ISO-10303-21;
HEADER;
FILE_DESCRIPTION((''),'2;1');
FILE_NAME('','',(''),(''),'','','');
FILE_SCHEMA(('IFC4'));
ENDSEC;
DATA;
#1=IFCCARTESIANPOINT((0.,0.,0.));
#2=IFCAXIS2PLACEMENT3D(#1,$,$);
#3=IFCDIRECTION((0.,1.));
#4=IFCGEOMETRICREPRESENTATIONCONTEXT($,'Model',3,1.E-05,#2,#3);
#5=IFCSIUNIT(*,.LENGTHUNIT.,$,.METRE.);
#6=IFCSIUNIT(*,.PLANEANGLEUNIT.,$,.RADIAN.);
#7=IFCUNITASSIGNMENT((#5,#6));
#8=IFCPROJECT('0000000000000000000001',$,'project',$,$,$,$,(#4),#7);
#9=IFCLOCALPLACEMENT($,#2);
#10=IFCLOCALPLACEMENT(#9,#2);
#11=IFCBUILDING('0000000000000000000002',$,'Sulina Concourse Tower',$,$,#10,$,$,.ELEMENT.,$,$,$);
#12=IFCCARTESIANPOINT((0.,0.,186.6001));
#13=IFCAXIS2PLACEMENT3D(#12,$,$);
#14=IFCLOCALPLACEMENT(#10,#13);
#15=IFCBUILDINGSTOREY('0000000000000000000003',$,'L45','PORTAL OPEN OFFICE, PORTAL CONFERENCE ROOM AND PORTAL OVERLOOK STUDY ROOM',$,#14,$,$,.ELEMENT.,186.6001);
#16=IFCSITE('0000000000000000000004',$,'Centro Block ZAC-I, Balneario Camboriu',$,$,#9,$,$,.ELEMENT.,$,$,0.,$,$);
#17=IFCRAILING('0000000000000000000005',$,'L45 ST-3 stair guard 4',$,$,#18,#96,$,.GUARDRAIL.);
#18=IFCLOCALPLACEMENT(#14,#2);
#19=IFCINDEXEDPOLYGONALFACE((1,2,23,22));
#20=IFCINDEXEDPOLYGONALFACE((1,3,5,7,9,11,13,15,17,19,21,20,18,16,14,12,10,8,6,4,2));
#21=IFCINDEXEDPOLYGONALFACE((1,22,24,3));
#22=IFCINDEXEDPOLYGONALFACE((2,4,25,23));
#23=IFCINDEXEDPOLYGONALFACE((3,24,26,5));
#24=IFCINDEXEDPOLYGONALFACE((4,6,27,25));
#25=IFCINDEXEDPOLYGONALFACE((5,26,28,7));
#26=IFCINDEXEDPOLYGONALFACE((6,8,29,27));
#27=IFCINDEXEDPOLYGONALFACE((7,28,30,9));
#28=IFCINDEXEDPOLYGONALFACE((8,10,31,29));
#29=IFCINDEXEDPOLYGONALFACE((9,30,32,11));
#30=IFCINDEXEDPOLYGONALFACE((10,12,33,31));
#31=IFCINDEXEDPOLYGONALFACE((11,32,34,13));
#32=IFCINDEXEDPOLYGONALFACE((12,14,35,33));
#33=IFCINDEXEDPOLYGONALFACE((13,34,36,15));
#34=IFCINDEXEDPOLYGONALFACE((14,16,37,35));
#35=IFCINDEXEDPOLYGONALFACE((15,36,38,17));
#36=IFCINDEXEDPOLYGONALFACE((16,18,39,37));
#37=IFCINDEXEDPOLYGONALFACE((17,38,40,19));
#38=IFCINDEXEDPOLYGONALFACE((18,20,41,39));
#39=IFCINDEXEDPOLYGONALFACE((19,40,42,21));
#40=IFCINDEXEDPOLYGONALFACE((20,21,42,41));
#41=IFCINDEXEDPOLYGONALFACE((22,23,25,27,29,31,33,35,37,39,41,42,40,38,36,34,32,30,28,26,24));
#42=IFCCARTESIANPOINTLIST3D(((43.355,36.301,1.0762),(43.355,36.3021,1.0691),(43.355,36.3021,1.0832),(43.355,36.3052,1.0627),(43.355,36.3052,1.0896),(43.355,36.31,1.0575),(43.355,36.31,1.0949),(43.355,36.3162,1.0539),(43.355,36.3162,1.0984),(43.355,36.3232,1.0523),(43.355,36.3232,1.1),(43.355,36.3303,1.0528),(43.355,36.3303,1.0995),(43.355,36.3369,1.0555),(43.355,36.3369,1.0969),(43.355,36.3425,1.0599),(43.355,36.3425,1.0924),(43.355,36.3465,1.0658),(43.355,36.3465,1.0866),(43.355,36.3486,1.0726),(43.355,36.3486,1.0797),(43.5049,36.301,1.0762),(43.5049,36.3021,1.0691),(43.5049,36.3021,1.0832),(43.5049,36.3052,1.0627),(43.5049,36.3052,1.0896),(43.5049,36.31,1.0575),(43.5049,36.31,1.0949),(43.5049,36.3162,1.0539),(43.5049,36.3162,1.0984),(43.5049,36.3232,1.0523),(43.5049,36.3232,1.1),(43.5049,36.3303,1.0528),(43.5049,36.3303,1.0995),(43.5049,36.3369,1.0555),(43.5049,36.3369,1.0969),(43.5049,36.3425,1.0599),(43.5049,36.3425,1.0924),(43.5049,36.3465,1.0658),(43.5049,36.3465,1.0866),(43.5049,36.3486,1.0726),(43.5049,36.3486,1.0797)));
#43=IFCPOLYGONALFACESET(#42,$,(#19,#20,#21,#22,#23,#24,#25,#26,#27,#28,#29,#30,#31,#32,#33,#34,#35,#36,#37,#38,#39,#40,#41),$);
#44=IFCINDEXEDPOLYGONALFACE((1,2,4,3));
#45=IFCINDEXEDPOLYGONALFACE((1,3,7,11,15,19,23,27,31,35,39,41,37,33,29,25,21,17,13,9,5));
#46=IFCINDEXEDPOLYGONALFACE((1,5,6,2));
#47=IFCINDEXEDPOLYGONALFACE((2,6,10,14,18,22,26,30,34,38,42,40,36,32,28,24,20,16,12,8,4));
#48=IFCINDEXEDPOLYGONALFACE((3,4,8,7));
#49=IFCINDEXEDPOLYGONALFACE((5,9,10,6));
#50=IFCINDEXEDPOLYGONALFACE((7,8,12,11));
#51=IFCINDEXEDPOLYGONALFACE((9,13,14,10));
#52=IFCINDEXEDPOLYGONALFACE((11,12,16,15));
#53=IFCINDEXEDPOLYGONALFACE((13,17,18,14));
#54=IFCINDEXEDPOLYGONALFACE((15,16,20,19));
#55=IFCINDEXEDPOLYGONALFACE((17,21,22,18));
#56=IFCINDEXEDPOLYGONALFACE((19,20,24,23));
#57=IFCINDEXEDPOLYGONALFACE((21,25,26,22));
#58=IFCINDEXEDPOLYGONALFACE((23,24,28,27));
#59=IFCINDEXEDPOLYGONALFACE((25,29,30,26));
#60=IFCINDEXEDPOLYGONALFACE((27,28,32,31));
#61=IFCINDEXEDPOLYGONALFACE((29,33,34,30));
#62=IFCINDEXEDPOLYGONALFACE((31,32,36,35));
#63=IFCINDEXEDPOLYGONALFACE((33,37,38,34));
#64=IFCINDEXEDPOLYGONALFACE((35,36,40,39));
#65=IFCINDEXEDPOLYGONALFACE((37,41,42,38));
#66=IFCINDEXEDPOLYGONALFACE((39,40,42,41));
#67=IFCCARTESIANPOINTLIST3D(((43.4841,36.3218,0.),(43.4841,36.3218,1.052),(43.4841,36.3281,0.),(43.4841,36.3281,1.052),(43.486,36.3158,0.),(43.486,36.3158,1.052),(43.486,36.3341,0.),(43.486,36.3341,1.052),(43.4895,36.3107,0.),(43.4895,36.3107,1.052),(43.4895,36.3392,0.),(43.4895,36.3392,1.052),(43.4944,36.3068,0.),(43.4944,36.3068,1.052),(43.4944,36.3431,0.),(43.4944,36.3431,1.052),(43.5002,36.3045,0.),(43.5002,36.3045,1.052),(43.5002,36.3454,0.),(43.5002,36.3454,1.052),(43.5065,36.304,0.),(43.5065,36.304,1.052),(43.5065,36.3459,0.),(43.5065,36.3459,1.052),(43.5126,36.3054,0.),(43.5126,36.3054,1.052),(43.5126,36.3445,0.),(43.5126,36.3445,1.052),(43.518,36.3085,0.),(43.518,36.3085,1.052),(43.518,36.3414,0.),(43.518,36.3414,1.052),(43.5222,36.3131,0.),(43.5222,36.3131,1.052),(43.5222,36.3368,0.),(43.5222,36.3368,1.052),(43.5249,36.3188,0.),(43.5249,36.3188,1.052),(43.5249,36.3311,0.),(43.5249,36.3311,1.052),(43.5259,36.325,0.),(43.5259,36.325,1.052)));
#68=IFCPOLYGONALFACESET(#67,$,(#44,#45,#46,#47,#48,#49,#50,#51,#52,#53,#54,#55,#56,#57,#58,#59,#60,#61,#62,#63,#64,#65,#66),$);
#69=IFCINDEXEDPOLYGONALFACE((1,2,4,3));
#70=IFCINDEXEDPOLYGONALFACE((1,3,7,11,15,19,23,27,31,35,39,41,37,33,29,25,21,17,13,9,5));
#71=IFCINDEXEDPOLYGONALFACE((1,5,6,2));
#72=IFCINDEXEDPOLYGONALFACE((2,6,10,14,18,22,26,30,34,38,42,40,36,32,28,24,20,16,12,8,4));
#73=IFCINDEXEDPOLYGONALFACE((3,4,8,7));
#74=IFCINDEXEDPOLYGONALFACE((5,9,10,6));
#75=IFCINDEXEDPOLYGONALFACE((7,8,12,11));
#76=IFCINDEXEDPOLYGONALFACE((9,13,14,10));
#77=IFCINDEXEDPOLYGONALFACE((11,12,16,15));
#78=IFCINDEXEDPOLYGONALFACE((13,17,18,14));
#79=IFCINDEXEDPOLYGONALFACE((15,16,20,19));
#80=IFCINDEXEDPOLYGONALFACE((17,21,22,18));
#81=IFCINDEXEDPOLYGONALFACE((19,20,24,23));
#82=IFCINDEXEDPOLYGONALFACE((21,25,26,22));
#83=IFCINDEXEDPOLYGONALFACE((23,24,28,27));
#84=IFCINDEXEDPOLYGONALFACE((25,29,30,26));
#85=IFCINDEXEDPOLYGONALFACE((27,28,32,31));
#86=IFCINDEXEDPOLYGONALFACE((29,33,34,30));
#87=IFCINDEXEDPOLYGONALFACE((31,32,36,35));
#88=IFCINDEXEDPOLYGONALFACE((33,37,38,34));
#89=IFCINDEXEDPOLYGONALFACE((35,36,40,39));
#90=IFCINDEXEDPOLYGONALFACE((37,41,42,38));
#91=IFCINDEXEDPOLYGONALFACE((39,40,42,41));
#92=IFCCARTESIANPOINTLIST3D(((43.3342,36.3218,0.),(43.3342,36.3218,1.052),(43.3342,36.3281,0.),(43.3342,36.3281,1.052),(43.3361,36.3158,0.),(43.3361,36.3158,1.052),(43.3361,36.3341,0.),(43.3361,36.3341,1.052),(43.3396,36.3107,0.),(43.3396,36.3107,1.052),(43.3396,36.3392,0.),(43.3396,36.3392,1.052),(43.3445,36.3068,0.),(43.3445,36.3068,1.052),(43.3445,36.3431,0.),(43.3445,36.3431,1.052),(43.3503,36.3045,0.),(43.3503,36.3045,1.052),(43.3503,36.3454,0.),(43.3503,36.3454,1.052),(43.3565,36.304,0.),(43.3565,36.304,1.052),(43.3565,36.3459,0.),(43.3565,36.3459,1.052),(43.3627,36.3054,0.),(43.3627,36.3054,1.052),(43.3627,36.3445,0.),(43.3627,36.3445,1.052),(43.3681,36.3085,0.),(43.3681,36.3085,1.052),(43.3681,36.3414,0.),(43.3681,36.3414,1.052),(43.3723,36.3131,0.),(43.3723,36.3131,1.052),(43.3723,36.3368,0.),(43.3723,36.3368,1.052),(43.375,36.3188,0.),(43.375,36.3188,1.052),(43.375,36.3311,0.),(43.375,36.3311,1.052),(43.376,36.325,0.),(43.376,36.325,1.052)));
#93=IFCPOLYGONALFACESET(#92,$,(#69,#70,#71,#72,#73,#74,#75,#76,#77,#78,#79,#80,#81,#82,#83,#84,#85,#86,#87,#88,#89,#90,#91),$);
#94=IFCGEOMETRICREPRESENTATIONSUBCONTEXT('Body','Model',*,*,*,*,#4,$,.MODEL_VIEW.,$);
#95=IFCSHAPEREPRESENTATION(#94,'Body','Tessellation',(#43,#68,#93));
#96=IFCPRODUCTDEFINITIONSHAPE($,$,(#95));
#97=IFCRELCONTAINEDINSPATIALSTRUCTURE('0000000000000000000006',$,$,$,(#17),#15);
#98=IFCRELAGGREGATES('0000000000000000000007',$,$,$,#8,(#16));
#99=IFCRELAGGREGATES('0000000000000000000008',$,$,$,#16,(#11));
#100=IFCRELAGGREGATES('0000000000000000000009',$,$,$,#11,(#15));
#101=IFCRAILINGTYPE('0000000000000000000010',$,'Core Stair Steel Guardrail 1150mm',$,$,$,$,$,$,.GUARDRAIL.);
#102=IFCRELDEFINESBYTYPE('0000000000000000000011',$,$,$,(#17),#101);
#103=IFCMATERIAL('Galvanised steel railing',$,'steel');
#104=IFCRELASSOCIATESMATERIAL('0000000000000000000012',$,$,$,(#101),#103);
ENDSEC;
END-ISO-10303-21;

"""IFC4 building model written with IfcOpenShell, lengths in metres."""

from ifc_helpers import new_model, si_unit, direction, frame, origin, origin_2d, place, context, subcontext, project, spatial, circle, extrude, material, type_object, element, save


model = new_model("IFC4")

# Units and contexts
model_context = context("Model", 3, precision=1e-05, world=origin(), true_north=direction((0.0, 1.0)))
body_context = subcontext(model_context, "Body", "Model", "MODEL_VIEW")
ifc_project = project(units=[si_unit("LENGTHUNIT", "METRE"), si_unit("PLANEANGLEUNIT", "RADIAN")], contexts=[model_context])

# Site, building, storey
site_placement = place(None, origin())
site = spatial("IfcSite", under=ifc_project, at=site_placement, Name="Centro Block ZAC-I, Balneario Camboriu", CompositionType="ELEMENT", RefElevation=0.0)
building_placement = place(site_placement, origin())
building = spatial("IfcBuilding", under=site, at=building_placement, Name="Sulina Concourse Tower", CompositionType="ELEMENT")
storey_placement = place(building_placement, frame((0.0, 0.0, 186.6001)))
storey = spatial("IfcBuildingStorey", under=building, at=storey_placement, Name="L45", Description="PORTAL OPEN OFFICE, PORTAL CONFERENCE ROOM AND PORTAL OVERLOOK STUDY ROOM", CompositionType="ELEMENT", Elevation=186.6001)

# Railing
ifc_material_1 = material(Name="Galvanised steel railing", Category="steel")
railing_type_1 = type_object("IfcRailingType", Name="Core Stair Steel Guardrail 1150mm", PredefinedType="GUARDRAIL", material=ifc_material_1)
railing_1_placement = place(storey_placement, frame((43.5049, 36.325, 0.0)))
element("IfcRailing", 1, at=railing_1_placement, inside=storey, type_object=railing_type_1, Name="L45 ST-3 stair guard 4", PredefinedType="GUARDRAIL", context=body_context, shape_type="SweptSolid", body=[
    extrude(circle(Radius=0.0239, at=origin_2d()), frame((0.0, 0.0, 1.0762), z_axis=(-1.0, 0.0, 0.0), x_axis=(0.0, -1.0, 0.0)), (0.0, 0.0, 1.0), 0.1499),
    extrude(circle(Radius=0.021, at=origin_2d()), origin(), (0.0, 0.0, 1.0), 1.052),
    extrude(circle(Radius=0.021, at=origin_2d()), frame((-0.1499, 0.0, 0.0)), (0.0, 0.0, 1.0), 1.052),
])

save(model, "model.ifc")
